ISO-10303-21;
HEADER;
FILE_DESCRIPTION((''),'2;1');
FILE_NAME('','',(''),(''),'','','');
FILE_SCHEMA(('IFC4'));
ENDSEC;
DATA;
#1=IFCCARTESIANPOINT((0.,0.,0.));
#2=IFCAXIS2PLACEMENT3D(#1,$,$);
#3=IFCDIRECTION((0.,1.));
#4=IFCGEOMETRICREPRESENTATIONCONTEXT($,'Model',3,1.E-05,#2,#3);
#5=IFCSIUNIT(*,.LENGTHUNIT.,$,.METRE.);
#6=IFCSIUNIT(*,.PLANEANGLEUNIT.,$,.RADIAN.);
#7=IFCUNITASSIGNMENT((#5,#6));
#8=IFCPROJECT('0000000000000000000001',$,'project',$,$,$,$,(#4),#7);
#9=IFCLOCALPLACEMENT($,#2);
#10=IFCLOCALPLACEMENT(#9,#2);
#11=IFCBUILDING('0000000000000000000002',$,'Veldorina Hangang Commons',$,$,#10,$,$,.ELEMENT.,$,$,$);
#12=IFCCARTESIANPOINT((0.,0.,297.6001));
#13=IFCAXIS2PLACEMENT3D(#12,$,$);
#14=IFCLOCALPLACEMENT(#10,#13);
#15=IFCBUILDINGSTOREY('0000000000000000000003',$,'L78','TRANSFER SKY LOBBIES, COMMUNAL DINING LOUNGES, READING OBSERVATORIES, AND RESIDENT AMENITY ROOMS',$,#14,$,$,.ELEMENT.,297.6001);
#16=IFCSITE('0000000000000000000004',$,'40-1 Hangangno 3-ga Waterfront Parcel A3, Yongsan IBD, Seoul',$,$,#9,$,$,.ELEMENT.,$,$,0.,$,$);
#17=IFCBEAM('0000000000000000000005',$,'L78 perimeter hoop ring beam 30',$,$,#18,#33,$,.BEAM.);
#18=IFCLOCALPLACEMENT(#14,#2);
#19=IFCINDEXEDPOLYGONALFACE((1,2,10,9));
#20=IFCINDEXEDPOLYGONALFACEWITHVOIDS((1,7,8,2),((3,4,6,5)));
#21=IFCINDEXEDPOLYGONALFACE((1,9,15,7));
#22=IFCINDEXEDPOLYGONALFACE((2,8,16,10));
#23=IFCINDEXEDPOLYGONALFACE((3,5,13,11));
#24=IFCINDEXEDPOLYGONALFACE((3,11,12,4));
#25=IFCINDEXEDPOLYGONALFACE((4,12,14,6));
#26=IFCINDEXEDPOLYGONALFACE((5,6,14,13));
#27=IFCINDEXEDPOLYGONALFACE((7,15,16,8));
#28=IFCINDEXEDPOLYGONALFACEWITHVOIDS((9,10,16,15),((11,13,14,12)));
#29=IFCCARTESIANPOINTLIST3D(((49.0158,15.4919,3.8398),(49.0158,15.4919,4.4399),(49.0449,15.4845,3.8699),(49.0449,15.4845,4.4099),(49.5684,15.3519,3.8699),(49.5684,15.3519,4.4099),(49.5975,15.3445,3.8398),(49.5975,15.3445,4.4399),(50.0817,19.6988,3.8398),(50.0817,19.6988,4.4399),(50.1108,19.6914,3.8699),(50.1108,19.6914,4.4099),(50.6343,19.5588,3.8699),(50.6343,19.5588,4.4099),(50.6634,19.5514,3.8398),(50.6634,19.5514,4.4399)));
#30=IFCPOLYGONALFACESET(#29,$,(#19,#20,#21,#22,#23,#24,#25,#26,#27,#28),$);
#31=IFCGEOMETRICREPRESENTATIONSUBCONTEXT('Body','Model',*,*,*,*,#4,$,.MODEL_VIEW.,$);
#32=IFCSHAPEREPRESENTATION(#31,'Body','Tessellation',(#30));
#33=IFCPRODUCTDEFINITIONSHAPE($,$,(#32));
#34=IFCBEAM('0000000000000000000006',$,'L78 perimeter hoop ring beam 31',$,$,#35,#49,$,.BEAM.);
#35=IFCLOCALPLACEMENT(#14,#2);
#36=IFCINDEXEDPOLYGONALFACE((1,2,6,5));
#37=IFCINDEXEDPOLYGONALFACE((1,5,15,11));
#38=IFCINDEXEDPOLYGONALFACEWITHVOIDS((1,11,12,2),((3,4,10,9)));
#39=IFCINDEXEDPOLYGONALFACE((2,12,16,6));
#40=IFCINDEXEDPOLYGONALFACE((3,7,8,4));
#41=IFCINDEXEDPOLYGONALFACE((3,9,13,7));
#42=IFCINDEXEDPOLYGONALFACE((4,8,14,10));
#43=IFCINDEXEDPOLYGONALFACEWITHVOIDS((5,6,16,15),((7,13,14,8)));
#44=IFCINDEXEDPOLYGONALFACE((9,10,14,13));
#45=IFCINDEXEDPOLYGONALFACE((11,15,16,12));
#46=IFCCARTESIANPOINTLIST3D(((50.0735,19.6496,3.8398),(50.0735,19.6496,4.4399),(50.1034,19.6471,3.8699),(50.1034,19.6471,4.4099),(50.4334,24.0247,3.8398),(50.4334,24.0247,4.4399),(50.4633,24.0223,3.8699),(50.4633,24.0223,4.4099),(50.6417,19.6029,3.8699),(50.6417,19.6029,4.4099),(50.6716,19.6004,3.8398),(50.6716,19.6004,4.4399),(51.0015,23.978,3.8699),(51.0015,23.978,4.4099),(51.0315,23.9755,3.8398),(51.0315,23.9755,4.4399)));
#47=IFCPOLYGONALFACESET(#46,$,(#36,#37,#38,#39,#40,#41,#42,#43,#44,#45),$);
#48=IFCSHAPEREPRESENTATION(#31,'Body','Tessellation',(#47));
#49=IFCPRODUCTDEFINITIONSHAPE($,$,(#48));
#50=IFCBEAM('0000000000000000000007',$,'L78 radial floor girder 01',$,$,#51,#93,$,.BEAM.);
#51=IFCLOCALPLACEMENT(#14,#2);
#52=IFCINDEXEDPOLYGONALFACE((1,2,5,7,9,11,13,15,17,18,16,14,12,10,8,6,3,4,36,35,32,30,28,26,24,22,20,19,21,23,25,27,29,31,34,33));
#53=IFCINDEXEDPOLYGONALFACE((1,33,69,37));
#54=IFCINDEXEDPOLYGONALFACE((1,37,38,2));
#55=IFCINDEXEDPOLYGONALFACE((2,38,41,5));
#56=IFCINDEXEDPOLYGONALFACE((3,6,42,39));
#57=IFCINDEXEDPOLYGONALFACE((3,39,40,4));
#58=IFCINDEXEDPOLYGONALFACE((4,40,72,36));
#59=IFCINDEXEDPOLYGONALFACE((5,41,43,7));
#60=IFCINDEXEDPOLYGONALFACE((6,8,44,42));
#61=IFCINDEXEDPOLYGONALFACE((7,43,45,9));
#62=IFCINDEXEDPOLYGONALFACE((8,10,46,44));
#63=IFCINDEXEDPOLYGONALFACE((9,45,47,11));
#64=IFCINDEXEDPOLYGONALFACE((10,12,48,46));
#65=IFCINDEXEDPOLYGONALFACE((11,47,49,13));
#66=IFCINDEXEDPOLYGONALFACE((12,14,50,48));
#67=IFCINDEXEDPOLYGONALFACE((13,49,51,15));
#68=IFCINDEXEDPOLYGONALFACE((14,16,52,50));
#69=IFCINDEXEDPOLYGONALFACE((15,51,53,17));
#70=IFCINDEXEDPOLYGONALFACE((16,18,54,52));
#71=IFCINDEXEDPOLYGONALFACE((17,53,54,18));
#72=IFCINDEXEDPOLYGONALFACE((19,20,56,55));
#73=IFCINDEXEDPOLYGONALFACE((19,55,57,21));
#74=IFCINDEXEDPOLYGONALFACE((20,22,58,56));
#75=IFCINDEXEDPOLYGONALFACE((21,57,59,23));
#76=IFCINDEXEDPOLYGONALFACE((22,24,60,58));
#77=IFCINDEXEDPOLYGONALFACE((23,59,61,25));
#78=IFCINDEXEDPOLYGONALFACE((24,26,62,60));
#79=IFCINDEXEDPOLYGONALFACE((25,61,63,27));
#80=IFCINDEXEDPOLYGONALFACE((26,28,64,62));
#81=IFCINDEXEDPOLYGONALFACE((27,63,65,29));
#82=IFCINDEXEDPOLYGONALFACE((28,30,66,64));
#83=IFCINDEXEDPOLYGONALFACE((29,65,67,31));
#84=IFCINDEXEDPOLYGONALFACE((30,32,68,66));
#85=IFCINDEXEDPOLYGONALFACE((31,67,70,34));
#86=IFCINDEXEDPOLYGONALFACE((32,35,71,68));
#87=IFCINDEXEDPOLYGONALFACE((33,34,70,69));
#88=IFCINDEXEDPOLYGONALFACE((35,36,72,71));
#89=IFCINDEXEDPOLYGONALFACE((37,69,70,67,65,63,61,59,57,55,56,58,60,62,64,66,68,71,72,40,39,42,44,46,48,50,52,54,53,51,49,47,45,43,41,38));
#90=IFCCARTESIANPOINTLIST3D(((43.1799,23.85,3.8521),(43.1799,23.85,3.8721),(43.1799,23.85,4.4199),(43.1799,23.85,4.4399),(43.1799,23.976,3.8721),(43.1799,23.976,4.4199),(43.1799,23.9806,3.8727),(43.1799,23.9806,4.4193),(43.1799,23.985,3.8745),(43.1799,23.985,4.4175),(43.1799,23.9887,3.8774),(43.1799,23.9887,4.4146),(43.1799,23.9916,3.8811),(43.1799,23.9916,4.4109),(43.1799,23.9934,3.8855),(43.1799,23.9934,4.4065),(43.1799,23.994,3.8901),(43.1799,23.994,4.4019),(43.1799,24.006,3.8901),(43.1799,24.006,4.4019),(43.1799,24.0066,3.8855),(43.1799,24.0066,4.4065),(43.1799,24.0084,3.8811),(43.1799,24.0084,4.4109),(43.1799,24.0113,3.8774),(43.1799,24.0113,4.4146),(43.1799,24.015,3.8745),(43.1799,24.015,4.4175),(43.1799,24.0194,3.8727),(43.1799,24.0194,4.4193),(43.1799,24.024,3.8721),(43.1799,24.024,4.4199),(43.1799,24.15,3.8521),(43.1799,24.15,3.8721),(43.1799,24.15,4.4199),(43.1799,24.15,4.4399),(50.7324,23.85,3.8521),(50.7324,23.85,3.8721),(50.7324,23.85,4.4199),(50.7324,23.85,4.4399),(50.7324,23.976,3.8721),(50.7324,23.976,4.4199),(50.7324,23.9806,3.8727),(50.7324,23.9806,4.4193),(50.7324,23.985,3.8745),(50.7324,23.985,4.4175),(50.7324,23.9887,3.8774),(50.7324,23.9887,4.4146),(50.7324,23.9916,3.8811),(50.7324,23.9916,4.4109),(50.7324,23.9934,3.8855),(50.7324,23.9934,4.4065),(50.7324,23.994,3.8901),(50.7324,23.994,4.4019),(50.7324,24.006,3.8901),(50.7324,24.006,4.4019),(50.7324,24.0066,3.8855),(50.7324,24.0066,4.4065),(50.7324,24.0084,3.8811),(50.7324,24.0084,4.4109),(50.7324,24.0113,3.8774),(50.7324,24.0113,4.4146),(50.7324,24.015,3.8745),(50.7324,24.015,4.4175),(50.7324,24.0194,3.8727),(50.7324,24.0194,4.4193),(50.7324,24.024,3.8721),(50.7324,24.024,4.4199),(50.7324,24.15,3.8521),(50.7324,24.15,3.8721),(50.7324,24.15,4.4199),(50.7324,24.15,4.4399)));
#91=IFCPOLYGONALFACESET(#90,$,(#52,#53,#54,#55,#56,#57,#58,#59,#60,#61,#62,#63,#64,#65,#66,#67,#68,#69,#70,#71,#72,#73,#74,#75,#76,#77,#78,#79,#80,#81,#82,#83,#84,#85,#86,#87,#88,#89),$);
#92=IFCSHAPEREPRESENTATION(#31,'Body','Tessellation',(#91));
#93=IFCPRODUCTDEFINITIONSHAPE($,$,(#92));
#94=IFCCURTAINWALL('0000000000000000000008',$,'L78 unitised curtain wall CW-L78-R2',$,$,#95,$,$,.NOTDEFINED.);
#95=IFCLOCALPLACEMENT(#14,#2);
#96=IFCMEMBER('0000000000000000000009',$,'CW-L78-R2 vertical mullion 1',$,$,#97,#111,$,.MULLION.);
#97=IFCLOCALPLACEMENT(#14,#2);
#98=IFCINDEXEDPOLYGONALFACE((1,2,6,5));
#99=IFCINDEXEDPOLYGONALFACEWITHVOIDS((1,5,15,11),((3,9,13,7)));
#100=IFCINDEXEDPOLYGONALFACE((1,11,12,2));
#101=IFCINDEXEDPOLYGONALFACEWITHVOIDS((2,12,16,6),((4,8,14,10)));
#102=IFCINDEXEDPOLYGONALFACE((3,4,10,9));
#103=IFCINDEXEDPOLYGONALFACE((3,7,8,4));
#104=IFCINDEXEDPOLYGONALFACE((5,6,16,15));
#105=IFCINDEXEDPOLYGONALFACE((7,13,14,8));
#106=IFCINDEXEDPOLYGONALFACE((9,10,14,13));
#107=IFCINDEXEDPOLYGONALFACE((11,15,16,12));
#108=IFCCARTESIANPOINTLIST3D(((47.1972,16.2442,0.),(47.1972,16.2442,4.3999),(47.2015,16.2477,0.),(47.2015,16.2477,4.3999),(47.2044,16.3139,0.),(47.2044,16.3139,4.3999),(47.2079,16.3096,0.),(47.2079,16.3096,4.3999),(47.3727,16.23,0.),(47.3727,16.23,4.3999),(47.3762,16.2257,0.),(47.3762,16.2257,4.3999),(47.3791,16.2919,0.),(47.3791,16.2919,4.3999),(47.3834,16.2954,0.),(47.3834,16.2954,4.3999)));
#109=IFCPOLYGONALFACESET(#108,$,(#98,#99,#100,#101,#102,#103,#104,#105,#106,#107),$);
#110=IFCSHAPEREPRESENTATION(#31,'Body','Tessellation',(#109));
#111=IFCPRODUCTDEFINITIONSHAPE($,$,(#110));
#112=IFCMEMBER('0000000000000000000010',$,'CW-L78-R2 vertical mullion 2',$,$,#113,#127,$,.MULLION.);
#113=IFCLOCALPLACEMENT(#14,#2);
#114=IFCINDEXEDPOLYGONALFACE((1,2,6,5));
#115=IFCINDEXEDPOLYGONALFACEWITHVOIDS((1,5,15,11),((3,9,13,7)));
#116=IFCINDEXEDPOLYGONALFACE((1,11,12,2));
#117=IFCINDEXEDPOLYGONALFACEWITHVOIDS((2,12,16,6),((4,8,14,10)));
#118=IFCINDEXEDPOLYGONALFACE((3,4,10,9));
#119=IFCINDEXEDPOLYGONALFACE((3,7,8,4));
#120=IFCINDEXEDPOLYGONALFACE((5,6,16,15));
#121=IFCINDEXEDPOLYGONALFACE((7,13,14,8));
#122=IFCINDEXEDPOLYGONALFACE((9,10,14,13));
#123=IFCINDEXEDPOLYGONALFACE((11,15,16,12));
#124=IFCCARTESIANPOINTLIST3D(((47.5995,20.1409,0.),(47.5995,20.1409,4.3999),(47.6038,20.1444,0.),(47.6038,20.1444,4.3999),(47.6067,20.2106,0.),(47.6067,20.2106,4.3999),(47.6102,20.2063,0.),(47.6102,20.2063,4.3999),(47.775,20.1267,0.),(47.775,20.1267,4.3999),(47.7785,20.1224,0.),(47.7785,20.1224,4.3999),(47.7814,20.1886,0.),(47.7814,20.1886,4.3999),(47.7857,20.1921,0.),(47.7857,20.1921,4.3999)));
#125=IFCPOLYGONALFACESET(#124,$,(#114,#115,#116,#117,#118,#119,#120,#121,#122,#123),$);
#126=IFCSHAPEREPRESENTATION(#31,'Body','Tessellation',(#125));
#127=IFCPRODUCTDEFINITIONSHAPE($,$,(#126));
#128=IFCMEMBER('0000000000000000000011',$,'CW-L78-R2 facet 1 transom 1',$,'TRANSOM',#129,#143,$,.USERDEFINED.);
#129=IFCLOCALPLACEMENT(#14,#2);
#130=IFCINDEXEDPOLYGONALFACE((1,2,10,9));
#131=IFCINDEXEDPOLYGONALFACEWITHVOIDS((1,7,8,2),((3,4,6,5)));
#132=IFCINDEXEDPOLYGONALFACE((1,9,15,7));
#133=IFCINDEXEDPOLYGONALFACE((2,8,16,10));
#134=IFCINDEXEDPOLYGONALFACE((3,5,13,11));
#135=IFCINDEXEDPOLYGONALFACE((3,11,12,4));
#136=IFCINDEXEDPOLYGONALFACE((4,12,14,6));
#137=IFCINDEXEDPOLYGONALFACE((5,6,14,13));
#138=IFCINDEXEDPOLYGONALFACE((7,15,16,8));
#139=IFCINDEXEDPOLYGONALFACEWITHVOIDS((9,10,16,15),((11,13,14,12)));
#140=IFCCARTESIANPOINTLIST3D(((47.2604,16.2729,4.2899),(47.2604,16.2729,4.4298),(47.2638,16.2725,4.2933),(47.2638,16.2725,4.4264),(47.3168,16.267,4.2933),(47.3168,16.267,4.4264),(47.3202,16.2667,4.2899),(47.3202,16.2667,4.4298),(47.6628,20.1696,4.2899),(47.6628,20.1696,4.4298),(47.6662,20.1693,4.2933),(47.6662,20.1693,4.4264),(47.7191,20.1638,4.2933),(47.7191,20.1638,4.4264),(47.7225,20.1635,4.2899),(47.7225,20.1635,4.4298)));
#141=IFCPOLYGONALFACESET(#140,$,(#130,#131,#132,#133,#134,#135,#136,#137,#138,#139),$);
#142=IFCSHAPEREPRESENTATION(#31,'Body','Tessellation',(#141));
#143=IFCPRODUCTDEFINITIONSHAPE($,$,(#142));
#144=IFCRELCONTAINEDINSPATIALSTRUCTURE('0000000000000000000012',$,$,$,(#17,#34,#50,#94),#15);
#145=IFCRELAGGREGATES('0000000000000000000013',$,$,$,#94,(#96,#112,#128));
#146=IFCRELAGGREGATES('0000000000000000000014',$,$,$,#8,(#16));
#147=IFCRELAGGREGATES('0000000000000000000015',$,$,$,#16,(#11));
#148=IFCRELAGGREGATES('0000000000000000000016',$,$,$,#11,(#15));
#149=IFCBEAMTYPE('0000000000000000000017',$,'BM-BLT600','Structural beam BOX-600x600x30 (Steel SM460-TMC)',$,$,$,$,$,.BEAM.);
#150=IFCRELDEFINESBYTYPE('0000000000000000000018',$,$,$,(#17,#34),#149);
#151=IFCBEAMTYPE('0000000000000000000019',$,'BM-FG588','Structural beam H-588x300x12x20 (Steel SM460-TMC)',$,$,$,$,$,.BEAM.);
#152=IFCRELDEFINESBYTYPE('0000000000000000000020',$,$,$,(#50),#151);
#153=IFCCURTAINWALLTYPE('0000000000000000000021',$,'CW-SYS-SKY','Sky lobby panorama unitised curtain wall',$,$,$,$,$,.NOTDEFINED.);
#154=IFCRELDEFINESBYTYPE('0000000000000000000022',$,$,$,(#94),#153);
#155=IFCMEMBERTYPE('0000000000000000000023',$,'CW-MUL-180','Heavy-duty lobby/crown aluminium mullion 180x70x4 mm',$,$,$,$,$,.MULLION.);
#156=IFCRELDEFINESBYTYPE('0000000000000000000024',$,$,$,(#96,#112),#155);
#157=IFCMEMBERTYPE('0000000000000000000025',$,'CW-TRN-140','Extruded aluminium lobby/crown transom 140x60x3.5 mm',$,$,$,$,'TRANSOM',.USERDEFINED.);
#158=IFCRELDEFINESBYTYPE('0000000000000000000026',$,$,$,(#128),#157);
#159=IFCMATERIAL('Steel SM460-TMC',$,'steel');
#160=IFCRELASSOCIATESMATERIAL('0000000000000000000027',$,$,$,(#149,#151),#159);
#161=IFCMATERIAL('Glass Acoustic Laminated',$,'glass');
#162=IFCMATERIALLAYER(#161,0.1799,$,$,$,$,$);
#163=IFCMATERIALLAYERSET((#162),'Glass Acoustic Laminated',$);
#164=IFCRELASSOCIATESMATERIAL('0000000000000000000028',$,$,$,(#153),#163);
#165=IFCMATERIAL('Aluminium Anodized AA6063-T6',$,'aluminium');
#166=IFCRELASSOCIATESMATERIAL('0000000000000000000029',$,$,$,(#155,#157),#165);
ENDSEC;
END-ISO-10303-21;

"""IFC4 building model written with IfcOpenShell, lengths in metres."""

from ifc_helpers import new_model, si_unit, direction, frame, origin, origin_2d, place, context, subcontext, project, spatial, hollow_rectangle, i_section, extrude, material, layer, layer_set, material_profile, profile_set, type_object, element, aggregate, save


model = new_model("IFC4")

# Units and contexts
model_context = context("Model", 3, precision=1e-05, world=origin(), true_north=direction((0.0, 1.0)))
body_context = subcontext(model_context, "Body", "Model", "MODEL_VIEW")
ifc_project = project(units=[si_unit("LENGTHUNIT", "METRE"), si_unit("PLANEANGLEUNIT", "RADIAN")], contexts=[model_context])

# Site, building, storey
site_placement = place(None, origin())
site = spatial("IfcSite", under=ifc_project, at=site_placement, Name="40-1 Hangangno 3-ga Waterfront Parcel A3, Yongsan IBD, Seoul", CompositionType="ELEMENT", RefElevation=0.0)
building_placement = place(site_placement, origin())
building = spatial("IfcBuilding", under=site, at=building_placement, Name="Veldorina Hangang Commons", CompositionType="ELEMENT")
storey_placement = place(building_placement, frame((0.0, 0.0, 297.6001)))
storey = spatial("IfcBuildingStorey", under=building, at=storey_placement, Name="L78", Description="TRANSFER SKY LOBBIES, COMMUNAL DINING LOUNGES, READING OBSERVATORIES, AND RESIDENT AMENITY ROOMS", CompositionType="ELEMENT", Elevation=297.6001)

# Beams
ifc_material_1 = material(Name="Steel SM460-TMC", Category="steel")
ifc_material_profile_1 = material_profile(ifc_material_1, hollow_rectangle(XDim=0.6001, YDim=0.6001, WallThickness=0.03, at=origin_2d()), Name="BOX-600x600x30")
ifc_profile_set_1 = profile_set([ifc_material_profile_1], Name="Steel SM460-TMC")
beam_type_1 = type_object("IfcBeamType", Name="BM-BLT600", Description="Structural beam BOX-600x600x30 (Steel SM460-TMC)", PredefinedType="BEAM", material=ifc_profile_set_1)
beam_1_placement = place(storey_placement, frame((49.3066, 15.4182, 4.1399), z_axis=(0.245619, 0.969367, 0.0), x_axis=(-0.969367, 0.245619, 0.0)))
element("IfcBeam", 1, at=beam_1_placement, inside=storey, type_object=beam_type_1, Name="L78 perimeter hoop ring beam 30", PredefinedType="BEAM", context=body_context, shape_type="SweptSolid", body=[
    extrude(hollow_rectangle(XDim=0.6001, YDim=0.6001, WallThickness=0.03, at=origin_2d()), origin(), (0.0, 0.0, 1.0), 4.3398),
])
beam_2_placement = place(storey_placement, frame((50.3726, 19.625, 4.1399), z_axis=(0.081978, 0.996634, 0.0), x_axis=(-0.996634, 0.081978, 0.0)))
element("IfcBeam", 2, at=beam_2_placement, inside=storey, type_object=beam_type_1, Name="L78 perimeter hoop ring beam 31", PredefinedType="BEAM", context=body_context, shape_type="SweptSolid", body=[
    extrude(hollow_rectangle(XDim=0.6001, YDim=0.6001, WallThickness=0.03, at=origin_2d()), origin(), (0.0, 0.0, 1.0), 4.3899),
])
ifc_material_profile_2 = material_profile(ifc_material_1, i_section(OverallWidth=0.3, OverallDepth=0.5879, WebThickness=0.012, FlangeThickness=0.02, FilletRadius=0.0181, at=origin_2d()), Name="H-588x300x12x20")
ifc_profile_set_2 = profile_set([ifc_material_profile_2], Name="Steel SM460-TMC")
beam_type_2 = type_object("IfcBeamType", Name="BM-FG588", Description="Structural beam H-588x300x12x20 (Steel SM460-TMC)", PredefinedType="BEAM", material=ifc_profile_set_2)
beam_3_placement = place(storey_placement, frame((43.1799, 24.0, 4.146), z_axis=(1.0, 0.0, 0.0), x_axis=(0.0, 1.0, 0.0)))
element("IfcBeam", 3, at=beam_3_placement, inside=storey, type_object=beam_type_2, Name="L78 radial floor girder 01", PredefinedType="BEAM", context=body_context, shape_type="SweptSolid", body=[
    extrude(i_section(OverallWidth=0.3, OverallDepth=0.5879, WebThickness=0.012, FlangeThickness=0.02, FilletRadius=0.0181, at=origin_2d()), origin(), (0.0, 0.0, 1.0), 7.5525),
])

# Curtain wall, members
ifc_material_2 = material(Name="Glass Acoustic Laminated", Category="glass")
ifc_layer_1 = layer(ifc_material_2, 0.1799)
ifc_layer_set_1 = layer_set([ifc_layer_1], Name="Glass Acoustic Laminated")
curtain_wall_type = type_object("IfcCurtainWallType", Name="CW-SYS-SKY", Description="Sky lobby panorama unitised curtain wall", PredefinedType="NOTDEFINED", material=ifc_layer_set_1)
curtain_wall_placement = place(storey_placement, origin())
curtain_wall = element("IfcCurtainWall", 4, at=curtain_wall_placement, inside=storey, type_object=curtain_wall_type, Name="L78 unitised curtain wall CW-L78-R2", PredefinedType="NOTDEFINED")
ifc_material_3 = material(Name="Aluminium Anodized AA6063-T6", Category="aluminium")
ifc_material_profile_3 = material_profile(ifc_material_3, hollow_rectangle(XDim=0.0701, YDim=0.1799, WallThickness=0.0039, at=origin_2d()), Name="ALU-RHS-180x70x4")
ifc_profile_set_3 = profile_set([ifc_material_profile_3], Name="Aluminium Anodized AA6063-T6")
member_type_1 = type_object("IfcMemberType", Name="CW-MUL-180", Description="Heavy-duty lobby/crown aluminium mullion 180x70x4 mm", PredefinedType="MULLION", material=ifc_profile_set_3)
member_1_placement = place(storey_placement, frame((47.2903, 16.2698, 0.0), z_axis=(0.0, 0.0, 1.0), x_axis=(0.102723, 0.99471, 0.0)))
member_1 = element("IfcMember", 5, at=member_1_placement, type_object=member_type_1, Name="CW-L78-R2 vertical mullion 1", PredefinedType="MULLION", context=body_context, shape_type="SweptSolid", body=[
    extrude(hollow_rectangle(XDim=0.0701, YDim=0.1799, WallThickness=0.0039, at=origin_2d()), origin(), (0.0, 0.0, 1.0), 4.3999),
])
member_2_placement = place(storey_placement, frame((47.6926, 20.1665, 0.0), z_axis=(0.0, 0.0, 1.0), x_axis=(-0.102723, -0.99471, 0.0)))
member_2 = element("IfcMember", 6, at=member_2_placement, type_object=member_type_1, Name="CW-L78-R2 vertical mullion 2", PredefinedType="MULLION", context=body_context, shape_type="SweptSolid", body=[
    extrude(hollow_rectangle(XDim=0.0701, YDim=0.1799, WallThickness=0.0039, at=origin_2d()), origin(), (0.0, 0.0, 1.0), 4.3999),
])
ifc_material_profile_4 = material_profile(ifc_material_3, hollow_rectangle(XDim=0.0601, YDim=0.1399, WallThickness=0.0034, at=origin_2d()), Name="ALU-RHS-140x60x3.5")
ifc_profile_set_4 = profile_set([ifc_material_profile_4], Name="Aluminium Anodized AA6063-T6")
member_type_2 = type_object("IfcMemberType", Name="CW-TRN-140", Description="Extruded aluminium lobby/crown transom 140x60x3.5 mm", ElementType="TRANSOM", PredefinedType="USERDEFINED", material=ifc_profile_set_4)
member_3_placement = place(storey_placement, frame((47.2903, 16.2698, 4.3599), z_axis=(0.102706, 0.994712, 0.0), x_axis=(-0.994712, 0.102706, 0.0)))
member_3 = element("IfcMember", 7, at=member_3_placement, type_object=member_type_2, Name="CW-L78-R2 facet 1 transom 1", ObjectType="TRANSOM", PredefinedType="USERDEFINED", context=body_context, shape_type="SweptSolid", body=[
    extrude(hollow_rectangle(XDim=0.0601, YDim=0.1399, WallThickness=0.0034, at=origin_2d()), origin(), (0.0, 0.0, 1.0), 3.9175),
])

aggregate(curtain_wall, [member_1, member_2, member_3])

save(model, "model.ifc")
